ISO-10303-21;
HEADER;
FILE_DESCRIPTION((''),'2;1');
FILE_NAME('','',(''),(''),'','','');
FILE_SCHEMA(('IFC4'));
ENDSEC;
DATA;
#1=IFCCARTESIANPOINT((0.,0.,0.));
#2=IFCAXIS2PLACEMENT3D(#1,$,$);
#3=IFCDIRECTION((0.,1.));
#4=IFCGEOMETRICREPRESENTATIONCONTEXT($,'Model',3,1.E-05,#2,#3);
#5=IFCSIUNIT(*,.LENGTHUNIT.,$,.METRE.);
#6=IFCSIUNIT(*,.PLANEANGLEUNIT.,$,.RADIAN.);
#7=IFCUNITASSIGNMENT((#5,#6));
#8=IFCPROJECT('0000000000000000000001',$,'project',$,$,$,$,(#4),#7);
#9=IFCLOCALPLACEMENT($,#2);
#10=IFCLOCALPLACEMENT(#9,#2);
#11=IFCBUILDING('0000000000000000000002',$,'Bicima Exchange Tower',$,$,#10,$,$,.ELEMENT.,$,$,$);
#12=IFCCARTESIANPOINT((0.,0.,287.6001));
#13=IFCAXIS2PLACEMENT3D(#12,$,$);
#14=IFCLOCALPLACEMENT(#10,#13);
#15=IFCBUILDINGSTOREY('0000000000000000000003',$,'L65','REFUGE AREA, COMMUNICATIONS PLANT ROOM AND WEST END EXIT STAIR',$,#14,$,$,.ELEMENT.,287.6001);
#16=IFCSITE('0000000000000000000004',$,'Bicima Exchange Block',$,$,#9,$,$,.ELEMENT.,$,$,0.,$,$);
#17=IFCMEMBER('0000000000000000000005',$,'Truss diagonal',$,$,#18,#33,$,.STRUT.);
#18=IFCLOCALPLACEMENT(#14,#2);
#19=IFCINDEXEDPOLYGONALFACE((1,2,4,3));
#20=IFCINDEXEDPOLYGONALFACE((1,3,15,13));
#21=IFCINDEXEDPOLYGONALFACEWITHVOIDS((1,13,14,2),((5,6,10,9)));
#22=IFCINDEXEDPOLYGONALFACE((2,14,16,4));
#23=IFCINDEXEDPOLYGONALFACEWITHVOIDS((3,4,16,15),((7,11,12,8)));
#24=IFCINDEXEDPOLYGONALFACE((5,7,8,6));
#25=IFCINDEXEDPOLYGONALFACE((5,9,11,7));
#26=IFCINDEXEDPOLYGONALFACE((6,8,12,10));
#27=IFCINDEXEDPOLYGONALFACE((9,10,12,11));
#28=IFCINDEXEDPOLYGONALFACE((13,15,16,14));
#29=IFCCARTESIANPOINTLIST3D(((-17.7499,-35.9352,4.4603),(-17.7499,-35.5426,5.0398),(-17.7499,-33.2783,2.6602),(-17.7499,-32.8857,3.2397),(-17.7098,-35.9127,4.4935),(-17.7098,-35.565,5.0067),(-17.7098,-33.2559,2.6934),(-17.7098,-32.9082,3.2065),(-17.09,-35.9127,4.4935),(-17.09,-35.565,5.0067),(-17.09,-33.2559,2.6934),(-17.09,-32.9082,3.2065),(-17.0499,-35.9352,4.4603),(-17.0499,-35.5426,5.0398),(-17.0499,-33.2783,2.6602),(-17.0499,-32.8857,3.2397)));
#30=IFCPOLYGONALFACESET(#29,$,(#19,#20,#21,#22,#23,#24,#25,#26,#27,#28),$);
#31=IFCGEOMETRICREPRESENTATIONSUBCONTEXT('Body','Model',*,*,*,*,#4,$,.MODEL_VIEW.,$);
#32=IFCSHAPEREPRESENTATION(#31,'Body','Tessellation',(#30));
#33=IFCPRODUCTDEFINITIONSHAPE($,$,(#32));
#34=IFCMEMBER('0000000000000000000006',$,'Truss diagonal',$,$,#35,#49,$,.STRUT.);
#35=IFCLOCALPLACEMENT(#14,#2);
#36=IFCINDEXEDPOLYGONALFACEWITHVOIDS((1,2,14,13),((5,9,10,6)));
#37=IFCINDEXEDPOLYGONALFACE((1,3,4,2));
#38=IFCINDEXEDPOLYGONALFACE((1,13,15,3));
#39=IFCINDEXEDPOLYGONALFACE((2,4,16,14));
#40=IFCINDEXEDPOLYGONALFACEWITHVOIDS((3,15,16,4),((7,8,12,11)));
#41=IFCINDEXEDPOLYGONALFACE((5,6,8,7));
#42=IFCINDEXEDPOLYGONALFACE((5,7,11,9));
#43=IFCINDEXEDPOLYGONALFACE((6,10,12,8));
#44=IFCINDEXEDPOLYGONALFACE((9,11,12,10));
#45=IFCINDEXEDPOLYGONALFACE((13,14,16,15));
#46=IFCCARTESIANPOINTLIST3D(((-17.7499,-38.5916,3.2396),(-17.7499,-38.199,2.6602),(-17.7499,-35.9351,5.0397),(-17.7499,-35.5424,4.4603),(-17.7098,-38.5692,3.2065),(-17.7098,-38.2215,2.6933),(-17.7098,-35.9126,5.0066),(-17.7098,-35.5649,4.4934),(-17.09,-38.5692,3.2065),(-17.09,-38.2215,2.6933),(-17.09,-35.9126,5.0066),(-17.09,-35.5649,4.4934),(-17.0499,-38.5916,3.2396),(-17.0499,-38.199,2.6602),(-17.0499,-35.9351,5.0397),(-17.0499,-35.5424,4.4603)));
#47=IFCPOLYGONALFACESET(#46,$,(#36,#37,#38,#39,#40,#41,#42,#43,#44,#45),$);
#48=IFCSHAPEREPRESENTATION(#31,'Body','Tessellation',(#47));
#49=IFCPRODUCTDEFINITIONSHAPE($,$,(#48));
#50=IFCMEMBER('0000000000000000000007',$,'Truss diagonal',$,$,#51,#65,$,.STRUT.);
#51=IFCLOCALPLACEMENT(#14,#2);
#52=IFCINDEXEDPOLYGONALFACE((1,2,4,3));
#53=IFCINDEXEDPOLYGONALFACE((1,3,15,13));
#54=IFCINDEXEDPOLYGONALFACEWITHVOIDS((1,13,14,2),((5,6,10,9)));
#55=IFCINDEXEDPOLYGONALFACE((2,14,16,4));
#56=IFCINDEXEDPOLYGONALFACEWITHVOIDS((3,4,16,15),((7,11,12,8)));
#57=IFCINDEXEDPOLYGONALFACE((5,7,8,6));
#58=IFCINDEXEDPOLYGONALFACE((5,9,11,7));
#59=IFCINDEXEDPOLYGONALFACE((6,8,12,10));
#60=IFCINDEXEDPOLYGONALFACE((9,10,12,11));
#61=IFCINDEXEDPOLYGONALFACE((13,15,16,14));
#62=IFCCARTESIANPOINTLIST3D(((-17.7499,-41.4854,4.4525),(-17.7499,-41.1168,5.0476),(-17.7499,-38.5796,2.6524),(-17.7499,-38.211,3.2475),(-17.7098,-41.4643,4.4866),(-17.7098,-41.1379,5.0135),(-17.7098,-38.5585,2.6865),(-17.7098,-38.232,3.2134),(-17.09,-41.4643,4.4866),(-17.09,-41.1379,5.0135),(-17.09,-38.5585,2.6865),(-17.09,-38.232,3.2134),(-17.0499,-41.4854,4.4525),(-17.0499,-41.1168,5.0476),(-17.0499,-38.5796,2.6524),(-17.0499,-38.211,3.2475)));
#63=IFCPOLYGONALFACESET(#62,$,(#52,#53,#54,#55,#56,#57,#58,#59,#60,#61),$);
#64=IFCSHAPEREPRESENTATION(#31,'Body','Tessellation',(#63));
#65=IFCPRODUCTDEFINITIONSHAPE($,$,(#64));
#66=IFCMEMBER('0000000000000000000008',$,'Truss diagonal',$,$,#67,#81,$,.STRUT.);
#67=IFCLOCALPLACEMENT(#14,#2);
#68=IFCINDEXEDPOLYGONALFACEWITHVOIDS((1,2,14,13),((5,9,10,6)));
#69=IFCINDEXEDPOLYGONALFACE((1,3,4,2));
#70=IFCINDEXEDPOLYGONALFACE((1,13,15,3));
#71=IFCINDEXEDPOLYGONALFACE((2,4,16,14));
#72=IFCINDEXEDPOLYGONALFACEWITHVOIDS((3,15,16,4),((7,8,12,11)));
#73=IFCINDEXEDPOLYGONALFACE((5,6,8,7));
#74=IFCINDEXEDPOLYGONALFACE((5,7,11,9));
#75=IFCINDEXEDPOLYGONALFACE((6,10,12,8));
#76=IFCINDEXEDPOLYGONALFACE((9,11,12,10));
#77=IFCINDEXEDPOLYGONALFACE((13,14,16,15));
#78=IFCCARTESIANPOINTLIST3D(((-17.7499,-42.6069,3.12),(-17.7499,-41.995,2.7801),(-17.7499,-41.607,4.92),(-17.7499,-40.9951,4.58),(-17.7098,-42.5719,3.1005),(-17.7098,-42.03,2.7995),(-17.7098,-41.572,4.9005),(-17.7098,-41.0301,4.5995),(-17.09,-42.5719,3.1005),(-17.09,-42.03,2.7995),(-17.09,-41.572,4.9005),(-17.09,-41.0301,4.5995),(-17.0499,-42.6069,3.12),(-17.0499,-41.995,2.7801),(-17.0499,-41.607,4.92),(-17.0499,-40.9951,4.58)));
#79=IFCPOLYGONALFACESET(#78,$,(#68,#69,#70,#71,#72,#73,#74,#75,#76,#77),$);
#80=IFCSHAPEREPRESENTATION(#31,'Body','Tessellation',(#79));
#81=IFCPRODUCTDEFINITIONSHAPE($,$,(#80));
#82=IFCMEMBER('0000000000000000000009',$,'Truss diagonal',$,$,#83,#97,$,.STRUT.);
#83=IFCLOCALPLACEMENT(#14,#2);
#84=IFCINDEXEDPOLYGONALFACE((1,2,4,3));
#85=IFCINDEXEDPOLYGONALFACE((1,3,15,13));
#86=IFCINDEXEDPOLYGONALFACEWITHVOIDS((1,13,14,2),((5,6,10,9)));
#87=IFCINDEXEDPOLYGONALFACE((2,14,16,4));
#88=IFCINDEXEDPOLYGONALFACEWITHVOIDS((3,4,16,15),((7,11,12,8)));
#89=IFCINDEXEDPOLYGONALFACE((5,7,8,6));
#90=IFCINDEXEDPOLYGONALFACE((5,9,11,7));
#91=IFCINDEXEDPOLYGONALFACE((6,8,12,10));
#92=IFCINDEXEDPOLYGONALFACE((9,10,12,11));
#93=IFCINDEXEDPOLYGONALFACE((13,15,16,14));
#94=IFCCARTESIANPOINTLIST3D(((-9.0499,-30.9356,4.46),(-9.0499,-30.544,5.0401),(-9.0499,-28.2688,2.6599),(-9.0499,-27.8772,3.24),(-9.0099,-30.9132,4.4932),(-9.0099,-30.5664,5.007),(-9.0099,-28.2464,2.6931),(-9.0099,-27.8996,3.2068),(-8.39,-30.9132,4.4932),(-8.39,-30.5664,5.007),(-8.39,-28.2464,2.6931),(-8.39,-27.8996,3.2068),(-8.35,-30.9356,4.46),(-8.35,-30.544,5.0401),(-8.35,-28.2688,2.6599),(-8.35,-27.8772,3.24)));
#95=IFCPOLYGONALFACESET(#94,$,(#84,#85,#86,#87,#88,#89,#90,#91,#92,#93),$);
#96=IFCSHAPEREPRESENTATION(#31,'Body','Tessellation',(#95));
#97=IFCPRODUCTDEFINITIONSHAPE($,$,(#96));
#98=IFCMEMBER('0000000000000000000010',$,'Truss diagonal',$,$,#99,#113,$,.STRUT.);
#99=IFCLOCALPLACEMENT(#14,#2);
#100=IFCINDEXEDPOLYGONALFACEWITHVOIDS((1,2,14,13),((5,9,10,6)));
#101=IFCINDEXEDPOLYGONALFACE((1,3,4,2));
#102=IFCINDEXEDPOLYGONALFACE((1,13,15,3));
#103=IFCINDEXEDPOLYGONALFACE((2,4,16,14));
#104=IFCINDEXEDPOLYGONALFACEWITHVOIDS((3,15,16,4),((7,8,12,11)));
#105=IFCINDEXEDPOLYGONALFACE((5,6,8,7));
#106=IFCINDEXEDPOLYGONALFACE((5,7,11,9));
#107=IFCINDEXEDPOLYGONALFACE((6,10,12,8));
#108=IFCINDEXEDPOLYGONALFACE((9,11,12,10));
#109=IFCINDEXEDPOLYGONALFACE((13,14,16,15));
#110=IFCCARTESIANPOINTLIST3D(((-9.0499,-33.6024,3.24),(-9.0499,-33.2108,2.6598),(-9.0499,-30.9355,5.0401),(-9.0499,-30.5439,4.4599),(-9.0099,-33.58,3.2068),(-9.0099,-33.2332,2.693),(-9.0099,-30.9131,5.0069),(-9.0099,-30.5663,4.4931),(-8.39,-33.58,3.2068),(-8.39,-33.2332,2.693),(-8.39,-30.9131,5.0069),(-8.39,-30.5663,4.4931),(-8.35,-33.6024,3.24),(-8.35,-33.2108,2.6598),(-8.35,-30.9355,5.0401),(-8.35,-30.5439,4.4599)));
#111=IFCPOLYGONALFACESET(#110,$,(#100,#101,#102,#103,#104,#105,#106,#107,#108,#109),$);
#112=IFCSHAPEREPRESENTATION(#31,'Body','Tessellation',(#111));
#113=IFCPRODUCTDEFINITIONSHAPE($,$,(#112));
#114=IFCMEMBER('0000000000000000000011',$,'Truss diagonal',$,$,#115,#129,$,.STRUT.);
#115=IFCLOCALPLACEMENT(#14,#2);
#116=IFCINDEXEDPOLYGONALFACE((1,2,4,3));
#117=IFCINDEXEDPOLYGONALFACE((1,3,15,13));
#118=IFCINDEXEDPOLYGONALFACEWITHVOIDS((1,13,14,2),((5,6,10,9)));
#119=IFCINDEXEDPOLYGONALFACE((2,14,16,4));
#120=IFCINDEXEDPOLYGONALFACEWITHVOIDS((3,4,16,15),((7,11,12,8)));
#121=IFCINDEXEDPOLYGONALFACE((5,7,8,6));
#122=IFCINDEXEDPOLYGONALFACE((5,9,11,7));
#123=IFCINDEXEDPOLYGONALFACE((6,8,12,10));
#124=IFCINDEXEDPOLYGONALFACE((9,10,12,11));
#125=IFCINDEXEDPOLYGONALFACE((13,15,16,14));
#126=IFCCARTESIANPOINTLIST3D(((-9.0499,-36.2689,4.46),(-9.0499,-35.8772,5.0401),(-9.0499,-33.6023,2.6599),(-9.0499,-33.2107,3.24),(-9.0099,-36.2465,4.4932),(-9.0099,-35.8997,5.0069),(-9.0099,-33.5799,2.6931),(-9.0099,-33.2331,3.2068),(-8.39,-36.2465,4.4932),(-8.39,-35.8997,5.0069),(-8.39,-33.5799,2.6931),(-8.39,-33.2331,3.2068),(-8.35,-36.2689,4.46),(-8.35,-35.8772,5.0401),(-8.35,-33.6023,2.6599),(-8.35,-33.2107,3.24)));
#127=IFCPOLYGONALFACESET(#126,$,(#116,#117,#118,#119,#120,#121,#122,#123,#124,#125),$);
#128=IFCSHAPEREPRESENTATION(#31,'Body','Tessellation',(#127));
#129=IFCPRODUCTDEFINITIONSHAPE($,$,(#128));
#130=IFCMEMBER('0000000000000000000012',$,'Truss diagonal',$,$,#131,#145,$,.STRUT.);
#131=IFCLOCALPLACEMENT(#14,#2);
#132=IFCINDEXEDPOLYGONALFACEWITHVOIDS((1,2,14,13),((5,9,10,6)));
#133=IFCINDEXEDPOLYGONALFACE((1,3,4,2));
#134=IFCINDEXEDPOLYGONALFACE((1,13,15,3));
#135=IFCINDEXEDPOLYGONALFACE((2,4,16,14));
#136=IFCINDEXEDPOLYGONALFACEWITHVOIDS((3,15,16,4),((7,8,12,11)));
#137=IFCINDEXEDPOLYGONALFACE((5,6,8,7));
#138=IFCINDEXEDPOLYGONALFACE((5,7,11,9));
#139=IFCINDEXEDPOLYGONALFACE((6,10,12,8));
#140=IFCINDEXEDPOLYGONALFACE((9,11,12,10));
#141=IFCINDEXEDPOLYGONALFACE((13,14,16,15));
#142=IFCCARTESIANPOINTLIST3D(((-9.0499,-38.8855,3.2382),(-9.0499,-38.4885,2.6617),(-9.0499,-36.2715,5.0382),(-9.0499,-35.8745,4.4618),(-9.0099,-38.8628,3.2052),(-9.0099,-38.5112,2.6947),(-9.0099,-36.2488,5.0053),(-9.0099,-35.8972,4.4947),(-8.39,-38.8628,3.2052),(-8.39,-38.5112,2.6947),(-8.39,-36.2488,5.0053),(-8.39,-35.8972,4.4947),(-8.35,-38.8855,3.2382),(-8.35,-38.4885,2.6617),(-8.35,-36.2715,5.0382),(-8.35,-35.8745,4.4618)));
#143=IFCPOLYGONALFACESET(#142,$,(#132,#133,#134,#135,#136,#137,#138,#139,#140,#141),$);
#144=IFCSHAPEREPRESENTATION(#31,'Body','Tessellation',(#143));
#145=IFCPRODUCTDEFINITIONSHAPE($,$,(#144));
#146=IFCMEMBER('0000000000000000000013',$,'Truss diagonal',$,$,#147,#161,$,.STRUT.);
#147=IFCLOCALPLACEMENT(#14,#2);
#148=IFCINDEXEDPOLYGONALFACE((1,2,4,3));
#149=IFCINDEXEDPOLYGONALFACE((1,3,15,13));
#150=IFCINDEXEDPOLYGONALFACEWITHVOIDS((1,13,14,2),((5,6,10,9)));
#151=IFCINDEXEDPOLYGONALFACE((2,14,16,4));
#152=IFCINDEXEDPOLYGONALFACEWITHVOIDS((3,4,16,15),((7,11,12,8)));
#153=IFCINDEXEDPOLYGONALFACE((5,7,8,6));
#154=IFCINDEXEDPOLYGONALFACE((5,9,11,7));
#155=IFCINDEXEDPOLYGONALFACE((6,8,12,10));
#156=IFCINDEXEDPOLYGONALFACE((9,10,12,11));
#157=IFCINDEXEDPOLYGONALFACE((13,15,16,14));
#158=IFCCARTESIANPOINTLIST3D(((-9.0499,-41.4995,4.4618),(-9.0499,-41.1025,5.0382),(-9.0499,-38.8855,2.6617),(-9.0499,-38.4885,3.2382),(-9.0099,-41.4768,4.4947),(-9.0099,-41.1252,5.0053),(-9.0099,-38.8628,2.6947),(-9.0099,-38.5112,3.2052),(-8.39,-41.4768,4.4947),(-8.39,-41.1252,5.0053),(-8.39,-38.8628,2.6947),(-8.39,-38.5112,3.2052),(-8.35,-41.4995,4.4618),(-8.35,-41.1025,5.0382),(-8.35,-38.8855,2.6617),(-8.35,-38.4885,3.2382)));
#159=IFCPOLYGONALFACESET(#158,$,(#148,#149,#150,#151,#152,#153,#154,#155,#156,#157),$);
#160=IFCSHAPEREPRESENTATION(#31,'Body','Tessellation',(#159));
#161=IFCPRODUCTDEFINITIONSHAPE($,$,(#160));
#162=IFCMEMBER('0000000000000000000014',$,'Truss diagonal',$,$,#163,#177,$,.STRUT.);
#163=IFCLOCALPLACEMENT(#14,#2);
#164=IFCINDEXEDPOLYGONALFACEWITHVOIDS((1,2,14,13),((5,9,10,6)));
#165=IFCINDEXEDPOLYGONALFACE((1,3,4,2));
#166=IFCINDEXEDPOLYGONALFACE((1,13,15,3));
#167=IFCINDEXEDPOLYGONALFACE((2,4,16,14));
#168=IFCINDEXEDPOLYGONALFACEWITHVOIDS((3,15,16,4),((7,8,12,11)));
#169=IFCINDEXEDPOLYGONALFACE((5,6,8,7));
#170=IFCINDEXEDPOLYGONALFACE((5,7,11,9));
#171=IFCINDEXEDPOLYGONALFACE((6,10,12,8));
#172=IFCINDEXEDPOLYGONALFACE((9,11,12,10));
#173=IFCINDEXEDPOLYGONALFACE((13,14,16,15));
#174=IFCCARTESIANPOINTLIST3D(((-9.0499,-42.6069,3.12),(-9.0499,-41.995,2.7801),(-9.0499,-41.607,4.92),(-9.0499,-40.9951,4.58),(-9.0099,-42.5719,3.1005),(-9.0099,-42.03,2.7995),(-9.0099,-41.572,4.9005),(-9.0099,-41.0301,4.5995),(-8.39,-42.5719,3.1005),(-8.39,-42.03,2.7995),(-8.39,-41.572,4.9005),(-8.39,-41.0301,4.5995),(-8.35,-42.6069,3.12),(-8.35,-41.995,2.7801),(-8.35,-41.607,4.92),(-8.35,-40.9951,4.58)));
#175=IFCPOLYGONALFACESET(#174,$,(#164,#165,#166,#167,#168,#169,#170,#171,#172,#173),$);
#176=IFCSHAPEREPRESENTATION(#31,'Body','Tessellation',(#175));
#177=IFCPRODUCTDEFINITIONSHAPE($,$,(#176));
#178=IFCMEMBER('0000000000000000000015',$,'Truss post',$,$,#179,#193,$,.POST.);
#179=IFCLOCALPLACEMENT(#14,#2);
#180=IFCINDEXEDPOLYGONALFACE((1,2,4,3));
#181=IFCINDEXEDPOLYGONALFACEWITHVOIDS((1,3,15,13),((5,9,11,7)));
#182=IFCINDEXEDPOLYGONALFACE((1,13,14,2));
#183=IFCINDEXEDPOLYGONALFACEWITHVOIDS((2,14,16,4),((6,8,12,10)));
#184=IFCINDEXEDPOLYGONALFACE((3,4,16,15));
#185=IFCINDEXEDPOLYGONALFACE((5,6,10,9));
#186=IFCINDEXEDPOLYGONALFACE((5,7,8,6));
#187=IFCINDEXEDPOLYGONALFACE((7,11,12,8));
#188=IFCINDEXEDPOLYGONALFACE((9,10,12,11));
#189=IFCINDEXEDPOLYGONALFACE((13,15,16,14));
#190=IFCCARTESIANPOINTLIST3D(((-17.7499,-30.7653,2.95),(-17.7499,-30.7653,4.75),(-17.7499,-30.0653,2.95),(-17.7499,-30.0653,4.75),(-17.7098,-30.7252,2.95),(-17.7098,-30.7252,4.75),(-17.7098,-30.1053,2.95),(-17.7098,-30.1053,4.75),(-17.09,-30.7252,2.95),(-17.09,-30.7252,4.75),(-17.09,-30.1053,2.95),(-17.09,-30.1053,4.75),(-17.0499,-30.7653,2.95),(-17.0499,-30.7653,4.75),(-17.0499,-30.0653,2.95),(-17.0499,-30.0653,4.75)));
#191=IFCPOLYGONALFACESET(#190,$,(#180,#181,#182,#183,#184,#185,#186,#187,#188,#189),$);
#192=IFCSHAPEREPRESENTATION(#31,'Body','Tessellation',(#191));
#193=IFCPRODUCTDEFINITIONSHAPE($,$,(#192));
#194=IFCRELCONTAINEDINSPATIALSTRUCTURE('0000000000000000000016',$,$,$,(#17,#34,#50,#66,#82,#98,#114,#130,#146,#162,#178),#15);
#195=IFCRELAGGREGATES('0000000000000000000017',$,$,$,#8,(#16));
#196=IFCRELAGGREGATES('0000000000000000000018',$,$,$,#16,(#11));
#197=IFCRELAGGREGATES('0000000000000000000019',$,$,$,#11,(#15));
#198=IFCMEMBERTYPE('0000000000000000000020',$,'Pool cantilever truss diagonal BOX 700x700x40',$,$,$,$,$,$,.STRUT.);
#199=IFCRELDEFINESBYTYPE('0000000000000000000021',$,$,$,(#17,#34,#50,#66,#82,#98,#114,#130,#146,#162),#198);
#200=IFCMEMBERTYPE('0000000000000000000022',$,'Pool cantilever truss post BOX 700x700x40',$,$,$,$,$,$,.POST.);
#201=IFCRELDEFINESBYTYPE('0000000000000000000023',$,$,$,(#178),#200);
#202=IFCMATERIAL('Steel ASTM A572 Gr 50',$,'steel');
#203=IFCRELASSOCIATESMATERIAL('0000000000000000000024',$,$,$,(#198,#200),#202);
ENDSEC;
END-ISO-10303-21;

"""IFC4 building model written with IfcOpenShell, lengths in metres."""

from ifc_helpers import new_model, si_unit, direction, frame, origin, origin_2d, place, context, subcontext, project, spatial, hollow_rectangle, extrude, material, material_profile, profile_set, type_object, element, save


model = new_model("IFC4")

# Units and contexts
model_context = context("Model", 3, precision=1e-05, world=origin(), true_north=direction((0.0, 1.0)))
body_context = subcontext(model_context, "Body", "Model", "MODEL_VIEW")
ifc_project = project(units=[si_unit("LENGTHUNIT", "METRE"), si_unit("PLANEANGLEUNIT", "RADIAN")], contexts=[model_context])

# Site, building, storey
site_placement = place(None, origin())
site = spatial("IfcSite", under=ifc_project, at=site_placement, Name="Bicima Exchange Block", CompositionType="ELEMENT", RefElevation=0.0)
building_placement = place(site_placement, origin())
building = spatial("IfcBuilding", under=site, at=building_placement, Name="Bicima Exchange Tower", CompositionType="ELEMENT")
storey_placement = place(building_placement, frame((0.0, 0.0, 287.6001)))
storey = spatial("IfcBuildingStorey", under=building, at=storey_placement, Name="L65", Description="REFUGE AREA, COMMUNICATIONS PLANT ROOM AND WEST END EXIT STAIR", CompositionType="ELEMENT", Elevation=287.6001)

# Shared definitions
ifc_material_1 = material(Name="Steel ASTM A572 Gr 50", Category="steel")

# Members
ifc_material_profile_1 = material_profile(ifc_material_1, hollow_rectangle(XDim=0.7, YDim=0.7, WallThickness=0.04, at=origin_2d()))
ifc_profile_set_1 = profile_set([ifc_material_profile_1], Name="Steel ASTM A572 Gr 50")
member_type_1 = type_object("IfcMemberType", Name="Pool cantilever truss diagonal BOX 700x700x40", PredefinedType="STRUT", material=ifc_profile_set_1)
member_1_placement = place(storey_placement, frame((-17.3999, -33.082, 2.95), z_axis=(0.0, -0.827872, 0.560917), x_axis=(1.0, 0.0, 0.0)))
element("IfcMember", 1, at=member_1_placement, inside=storey, type_object=member_type_1, Name="Truss diagonal", PredefinedType="STRUT", context=body_context, shape_type="SweptSolid", body=[
    extrude(hollow_rectangle(XDim=0.7, YDim=0.7, WallThickness=0.04, at=origin_2d()), origin(), (0.0, 0.0, 1.0), 3.2092),
])
member_2_placement = place(storey_placement, frame((-17.3999, -35.7388, 4.75), z_axis=(0.0, -0.827848, -0.560952), x_axis=(1.0, 0.0, 0.0)))
element("IfcMember", 2, at=member_2_placement, inside=storey, type_object=member_type_1, Name="Truss diagonal", PredefinedType="STRUT", context=body_context, shape_type="SweptSolid", body=[
    extrude(hollow_rectangle(XDim=0.7, YDim=0.7, WallThickness=0.04, at=origin_2d()), origin(), (0.0, 0.0, 1.0), 3.209),
])
member_3_placement = place(storey_placement, frame((-17.3999, -38.3953, 2.95), z_axis=(0.0, -0.850102, 0.526618), x_axis=(1.0, 0.0, 0.0)))
element("IfcMember", 3, at=member_3_placement, inside=storey, type_object=member_type_1, Name="Truss diagonal", PredefinedType="STRUT", context=body_context, shape_type="SweptSolid", body=[
    extrude(hollow_rectangle(XDim=0.7, YDim=0.7, WallThickness=0.04, at=origin_2d()), origin(), (0.0, 0.0, 1.0), 3.4182),
])
member_4_placement = place(storey_placement, frame((-17.3999, -41.301, 4.75), z_axis=(0.0, -0.485633, -0.874163), x_axis=(1.0, 0.0, 0.0)))
element("IfcMember", 4, at=member_4_placement, inside=storey, type_object=member_type_1, Name="Truss diagonal", PredefinedType="STRUT", context=body_context, shape_type="SweptSolid", body=[
    extrude(hollow_rectangle(XDim=0.7, YDim=0.7, WallThickness=0.04, at=origin_2d()), origin(), (0.0, 0.0, 1.0), 2.0591),
])
for number, where, z_axis, x_axis, name in (
    (5, (-8.7, -28.073, 2.95), (0.0, -0.82885, 0.559472), (1.0, 0.0, 0.0), "Truss diagonal"),
    (6, (-8.7, -30.7397, 4.75), (0.0, -0.82885, -0.559472), (1.0, 0.0, 0.0), "Truss diagonal"),
):
    element("IfcMember", number, at=place(storey_placement, frame(where, z_axis=z_axis, x_axis=x_axis)), inside=storey, type_object=member_type_1, Name=name, PredefinedType="STRUT", context=body_context, shape_type="SweptSolid", body=[
        extrude(hollow_rectangle(XDim=0.7, YDim=0.7, WallThickness=0.04, at=origin_2d()), origin(), (0.0, 0.0, 1.0), 3.2175),
    ])
member_5_placement = place(storey_placement, frame((-8.7, -33.4065, 2.95), z_axis=(0.0, -0.828826, 0.559507), x_axis=(1.0, 0.0, 0.0)))
element("IfcMember", 7, at=member_5_placement, inside=storey, type_object=member_type_1, Name="Truss diagonal", PredefinedType="STRUT", context=body_context, shape_type="SweptSolid", body=[
    extrude(hollow_rectangle(XDim=0.7, YDim=0.7, WallThickness=0.04, at=origin_2d()), origin(), (0.0, 0.0, 1.0), 3.2173),
])
for number, where, z_axis, x_axis, name in (
    (8, (-8.7, -36.073, 4.75), (0.0, -0.823613, -0.567152), (1.0, 0.0, 0.0), "Truss diagonal"),
    (9, (-8.7, -38.687, 2.95), (0.0, -0.823613, 0.567152), (1.0, 0.0, 0.0), "Truss diagonal"),
):
    element("IfcMember", number, at=place(storey_placement, frame(where, z_axis=z_axis, x_axis=x_axis)), inside=storey, type_object=member_type_1, Name=name, PredefinedType="STRUT", context=body_context, shape_type="SweptSolid", body=[
        extrude(hollow_rectangle(XDim=0.7, YDim=0.7, WallThickness=0.04, at=origin_2d()), origin(), (0.0, 0.0, 1.0), 3.1738),
    ])
member_6_placement = place(storey_placement, frame((-8.7, -41.301, 4.75), z_axis=(0.0, -0.485633, -0.874163), x_axis=(1.0, 0.0, 0.0)))
element("IfcMember", 10, at=member_6_placement, inside=storey, type_object=member_type_1, Name="Truss diagonal", PredefinedType="STRUT", context=body_context, shape_type="SweptSolid", body=[
    extrude(hollow_rectangle(XDim=0.7, YDim=0.7, WallThickness=0.04, at=origin_2d()), origin(), (0.0, 0.0, 1.0), 2.0591),
])
member_type_2 = type_object("IfcMemberType", Name="Pool cantilever truss post BOX 700x700x40", PredefinedType="POST", material=ifc_profile_set_1)
for number, where, z_axis, x_axis, name in (
    (11, (-17.3999, -30.4153, 2.95), (0.0, 0.0, 1.0), (1.0, 0.0, 0.0), "Truss post"),
):
    element("IfcMember", number, at=place(storey_placement, frame(where, z_axis=z_axis, x_axis=x_axis)), inside=storey, type_object=member_type_2, Name=name, PredefinedType="POST", context=body_context, shape_type="SweptSolid", body=[
        extrude(hollow_rectangle(XDim=0.7, YDim=0.7, WallThickness=0.04, at=origin_2d()), origin(), (0.0, 0.0, 1.0), 1.8),
    ])

save(model, "model.ifc")
